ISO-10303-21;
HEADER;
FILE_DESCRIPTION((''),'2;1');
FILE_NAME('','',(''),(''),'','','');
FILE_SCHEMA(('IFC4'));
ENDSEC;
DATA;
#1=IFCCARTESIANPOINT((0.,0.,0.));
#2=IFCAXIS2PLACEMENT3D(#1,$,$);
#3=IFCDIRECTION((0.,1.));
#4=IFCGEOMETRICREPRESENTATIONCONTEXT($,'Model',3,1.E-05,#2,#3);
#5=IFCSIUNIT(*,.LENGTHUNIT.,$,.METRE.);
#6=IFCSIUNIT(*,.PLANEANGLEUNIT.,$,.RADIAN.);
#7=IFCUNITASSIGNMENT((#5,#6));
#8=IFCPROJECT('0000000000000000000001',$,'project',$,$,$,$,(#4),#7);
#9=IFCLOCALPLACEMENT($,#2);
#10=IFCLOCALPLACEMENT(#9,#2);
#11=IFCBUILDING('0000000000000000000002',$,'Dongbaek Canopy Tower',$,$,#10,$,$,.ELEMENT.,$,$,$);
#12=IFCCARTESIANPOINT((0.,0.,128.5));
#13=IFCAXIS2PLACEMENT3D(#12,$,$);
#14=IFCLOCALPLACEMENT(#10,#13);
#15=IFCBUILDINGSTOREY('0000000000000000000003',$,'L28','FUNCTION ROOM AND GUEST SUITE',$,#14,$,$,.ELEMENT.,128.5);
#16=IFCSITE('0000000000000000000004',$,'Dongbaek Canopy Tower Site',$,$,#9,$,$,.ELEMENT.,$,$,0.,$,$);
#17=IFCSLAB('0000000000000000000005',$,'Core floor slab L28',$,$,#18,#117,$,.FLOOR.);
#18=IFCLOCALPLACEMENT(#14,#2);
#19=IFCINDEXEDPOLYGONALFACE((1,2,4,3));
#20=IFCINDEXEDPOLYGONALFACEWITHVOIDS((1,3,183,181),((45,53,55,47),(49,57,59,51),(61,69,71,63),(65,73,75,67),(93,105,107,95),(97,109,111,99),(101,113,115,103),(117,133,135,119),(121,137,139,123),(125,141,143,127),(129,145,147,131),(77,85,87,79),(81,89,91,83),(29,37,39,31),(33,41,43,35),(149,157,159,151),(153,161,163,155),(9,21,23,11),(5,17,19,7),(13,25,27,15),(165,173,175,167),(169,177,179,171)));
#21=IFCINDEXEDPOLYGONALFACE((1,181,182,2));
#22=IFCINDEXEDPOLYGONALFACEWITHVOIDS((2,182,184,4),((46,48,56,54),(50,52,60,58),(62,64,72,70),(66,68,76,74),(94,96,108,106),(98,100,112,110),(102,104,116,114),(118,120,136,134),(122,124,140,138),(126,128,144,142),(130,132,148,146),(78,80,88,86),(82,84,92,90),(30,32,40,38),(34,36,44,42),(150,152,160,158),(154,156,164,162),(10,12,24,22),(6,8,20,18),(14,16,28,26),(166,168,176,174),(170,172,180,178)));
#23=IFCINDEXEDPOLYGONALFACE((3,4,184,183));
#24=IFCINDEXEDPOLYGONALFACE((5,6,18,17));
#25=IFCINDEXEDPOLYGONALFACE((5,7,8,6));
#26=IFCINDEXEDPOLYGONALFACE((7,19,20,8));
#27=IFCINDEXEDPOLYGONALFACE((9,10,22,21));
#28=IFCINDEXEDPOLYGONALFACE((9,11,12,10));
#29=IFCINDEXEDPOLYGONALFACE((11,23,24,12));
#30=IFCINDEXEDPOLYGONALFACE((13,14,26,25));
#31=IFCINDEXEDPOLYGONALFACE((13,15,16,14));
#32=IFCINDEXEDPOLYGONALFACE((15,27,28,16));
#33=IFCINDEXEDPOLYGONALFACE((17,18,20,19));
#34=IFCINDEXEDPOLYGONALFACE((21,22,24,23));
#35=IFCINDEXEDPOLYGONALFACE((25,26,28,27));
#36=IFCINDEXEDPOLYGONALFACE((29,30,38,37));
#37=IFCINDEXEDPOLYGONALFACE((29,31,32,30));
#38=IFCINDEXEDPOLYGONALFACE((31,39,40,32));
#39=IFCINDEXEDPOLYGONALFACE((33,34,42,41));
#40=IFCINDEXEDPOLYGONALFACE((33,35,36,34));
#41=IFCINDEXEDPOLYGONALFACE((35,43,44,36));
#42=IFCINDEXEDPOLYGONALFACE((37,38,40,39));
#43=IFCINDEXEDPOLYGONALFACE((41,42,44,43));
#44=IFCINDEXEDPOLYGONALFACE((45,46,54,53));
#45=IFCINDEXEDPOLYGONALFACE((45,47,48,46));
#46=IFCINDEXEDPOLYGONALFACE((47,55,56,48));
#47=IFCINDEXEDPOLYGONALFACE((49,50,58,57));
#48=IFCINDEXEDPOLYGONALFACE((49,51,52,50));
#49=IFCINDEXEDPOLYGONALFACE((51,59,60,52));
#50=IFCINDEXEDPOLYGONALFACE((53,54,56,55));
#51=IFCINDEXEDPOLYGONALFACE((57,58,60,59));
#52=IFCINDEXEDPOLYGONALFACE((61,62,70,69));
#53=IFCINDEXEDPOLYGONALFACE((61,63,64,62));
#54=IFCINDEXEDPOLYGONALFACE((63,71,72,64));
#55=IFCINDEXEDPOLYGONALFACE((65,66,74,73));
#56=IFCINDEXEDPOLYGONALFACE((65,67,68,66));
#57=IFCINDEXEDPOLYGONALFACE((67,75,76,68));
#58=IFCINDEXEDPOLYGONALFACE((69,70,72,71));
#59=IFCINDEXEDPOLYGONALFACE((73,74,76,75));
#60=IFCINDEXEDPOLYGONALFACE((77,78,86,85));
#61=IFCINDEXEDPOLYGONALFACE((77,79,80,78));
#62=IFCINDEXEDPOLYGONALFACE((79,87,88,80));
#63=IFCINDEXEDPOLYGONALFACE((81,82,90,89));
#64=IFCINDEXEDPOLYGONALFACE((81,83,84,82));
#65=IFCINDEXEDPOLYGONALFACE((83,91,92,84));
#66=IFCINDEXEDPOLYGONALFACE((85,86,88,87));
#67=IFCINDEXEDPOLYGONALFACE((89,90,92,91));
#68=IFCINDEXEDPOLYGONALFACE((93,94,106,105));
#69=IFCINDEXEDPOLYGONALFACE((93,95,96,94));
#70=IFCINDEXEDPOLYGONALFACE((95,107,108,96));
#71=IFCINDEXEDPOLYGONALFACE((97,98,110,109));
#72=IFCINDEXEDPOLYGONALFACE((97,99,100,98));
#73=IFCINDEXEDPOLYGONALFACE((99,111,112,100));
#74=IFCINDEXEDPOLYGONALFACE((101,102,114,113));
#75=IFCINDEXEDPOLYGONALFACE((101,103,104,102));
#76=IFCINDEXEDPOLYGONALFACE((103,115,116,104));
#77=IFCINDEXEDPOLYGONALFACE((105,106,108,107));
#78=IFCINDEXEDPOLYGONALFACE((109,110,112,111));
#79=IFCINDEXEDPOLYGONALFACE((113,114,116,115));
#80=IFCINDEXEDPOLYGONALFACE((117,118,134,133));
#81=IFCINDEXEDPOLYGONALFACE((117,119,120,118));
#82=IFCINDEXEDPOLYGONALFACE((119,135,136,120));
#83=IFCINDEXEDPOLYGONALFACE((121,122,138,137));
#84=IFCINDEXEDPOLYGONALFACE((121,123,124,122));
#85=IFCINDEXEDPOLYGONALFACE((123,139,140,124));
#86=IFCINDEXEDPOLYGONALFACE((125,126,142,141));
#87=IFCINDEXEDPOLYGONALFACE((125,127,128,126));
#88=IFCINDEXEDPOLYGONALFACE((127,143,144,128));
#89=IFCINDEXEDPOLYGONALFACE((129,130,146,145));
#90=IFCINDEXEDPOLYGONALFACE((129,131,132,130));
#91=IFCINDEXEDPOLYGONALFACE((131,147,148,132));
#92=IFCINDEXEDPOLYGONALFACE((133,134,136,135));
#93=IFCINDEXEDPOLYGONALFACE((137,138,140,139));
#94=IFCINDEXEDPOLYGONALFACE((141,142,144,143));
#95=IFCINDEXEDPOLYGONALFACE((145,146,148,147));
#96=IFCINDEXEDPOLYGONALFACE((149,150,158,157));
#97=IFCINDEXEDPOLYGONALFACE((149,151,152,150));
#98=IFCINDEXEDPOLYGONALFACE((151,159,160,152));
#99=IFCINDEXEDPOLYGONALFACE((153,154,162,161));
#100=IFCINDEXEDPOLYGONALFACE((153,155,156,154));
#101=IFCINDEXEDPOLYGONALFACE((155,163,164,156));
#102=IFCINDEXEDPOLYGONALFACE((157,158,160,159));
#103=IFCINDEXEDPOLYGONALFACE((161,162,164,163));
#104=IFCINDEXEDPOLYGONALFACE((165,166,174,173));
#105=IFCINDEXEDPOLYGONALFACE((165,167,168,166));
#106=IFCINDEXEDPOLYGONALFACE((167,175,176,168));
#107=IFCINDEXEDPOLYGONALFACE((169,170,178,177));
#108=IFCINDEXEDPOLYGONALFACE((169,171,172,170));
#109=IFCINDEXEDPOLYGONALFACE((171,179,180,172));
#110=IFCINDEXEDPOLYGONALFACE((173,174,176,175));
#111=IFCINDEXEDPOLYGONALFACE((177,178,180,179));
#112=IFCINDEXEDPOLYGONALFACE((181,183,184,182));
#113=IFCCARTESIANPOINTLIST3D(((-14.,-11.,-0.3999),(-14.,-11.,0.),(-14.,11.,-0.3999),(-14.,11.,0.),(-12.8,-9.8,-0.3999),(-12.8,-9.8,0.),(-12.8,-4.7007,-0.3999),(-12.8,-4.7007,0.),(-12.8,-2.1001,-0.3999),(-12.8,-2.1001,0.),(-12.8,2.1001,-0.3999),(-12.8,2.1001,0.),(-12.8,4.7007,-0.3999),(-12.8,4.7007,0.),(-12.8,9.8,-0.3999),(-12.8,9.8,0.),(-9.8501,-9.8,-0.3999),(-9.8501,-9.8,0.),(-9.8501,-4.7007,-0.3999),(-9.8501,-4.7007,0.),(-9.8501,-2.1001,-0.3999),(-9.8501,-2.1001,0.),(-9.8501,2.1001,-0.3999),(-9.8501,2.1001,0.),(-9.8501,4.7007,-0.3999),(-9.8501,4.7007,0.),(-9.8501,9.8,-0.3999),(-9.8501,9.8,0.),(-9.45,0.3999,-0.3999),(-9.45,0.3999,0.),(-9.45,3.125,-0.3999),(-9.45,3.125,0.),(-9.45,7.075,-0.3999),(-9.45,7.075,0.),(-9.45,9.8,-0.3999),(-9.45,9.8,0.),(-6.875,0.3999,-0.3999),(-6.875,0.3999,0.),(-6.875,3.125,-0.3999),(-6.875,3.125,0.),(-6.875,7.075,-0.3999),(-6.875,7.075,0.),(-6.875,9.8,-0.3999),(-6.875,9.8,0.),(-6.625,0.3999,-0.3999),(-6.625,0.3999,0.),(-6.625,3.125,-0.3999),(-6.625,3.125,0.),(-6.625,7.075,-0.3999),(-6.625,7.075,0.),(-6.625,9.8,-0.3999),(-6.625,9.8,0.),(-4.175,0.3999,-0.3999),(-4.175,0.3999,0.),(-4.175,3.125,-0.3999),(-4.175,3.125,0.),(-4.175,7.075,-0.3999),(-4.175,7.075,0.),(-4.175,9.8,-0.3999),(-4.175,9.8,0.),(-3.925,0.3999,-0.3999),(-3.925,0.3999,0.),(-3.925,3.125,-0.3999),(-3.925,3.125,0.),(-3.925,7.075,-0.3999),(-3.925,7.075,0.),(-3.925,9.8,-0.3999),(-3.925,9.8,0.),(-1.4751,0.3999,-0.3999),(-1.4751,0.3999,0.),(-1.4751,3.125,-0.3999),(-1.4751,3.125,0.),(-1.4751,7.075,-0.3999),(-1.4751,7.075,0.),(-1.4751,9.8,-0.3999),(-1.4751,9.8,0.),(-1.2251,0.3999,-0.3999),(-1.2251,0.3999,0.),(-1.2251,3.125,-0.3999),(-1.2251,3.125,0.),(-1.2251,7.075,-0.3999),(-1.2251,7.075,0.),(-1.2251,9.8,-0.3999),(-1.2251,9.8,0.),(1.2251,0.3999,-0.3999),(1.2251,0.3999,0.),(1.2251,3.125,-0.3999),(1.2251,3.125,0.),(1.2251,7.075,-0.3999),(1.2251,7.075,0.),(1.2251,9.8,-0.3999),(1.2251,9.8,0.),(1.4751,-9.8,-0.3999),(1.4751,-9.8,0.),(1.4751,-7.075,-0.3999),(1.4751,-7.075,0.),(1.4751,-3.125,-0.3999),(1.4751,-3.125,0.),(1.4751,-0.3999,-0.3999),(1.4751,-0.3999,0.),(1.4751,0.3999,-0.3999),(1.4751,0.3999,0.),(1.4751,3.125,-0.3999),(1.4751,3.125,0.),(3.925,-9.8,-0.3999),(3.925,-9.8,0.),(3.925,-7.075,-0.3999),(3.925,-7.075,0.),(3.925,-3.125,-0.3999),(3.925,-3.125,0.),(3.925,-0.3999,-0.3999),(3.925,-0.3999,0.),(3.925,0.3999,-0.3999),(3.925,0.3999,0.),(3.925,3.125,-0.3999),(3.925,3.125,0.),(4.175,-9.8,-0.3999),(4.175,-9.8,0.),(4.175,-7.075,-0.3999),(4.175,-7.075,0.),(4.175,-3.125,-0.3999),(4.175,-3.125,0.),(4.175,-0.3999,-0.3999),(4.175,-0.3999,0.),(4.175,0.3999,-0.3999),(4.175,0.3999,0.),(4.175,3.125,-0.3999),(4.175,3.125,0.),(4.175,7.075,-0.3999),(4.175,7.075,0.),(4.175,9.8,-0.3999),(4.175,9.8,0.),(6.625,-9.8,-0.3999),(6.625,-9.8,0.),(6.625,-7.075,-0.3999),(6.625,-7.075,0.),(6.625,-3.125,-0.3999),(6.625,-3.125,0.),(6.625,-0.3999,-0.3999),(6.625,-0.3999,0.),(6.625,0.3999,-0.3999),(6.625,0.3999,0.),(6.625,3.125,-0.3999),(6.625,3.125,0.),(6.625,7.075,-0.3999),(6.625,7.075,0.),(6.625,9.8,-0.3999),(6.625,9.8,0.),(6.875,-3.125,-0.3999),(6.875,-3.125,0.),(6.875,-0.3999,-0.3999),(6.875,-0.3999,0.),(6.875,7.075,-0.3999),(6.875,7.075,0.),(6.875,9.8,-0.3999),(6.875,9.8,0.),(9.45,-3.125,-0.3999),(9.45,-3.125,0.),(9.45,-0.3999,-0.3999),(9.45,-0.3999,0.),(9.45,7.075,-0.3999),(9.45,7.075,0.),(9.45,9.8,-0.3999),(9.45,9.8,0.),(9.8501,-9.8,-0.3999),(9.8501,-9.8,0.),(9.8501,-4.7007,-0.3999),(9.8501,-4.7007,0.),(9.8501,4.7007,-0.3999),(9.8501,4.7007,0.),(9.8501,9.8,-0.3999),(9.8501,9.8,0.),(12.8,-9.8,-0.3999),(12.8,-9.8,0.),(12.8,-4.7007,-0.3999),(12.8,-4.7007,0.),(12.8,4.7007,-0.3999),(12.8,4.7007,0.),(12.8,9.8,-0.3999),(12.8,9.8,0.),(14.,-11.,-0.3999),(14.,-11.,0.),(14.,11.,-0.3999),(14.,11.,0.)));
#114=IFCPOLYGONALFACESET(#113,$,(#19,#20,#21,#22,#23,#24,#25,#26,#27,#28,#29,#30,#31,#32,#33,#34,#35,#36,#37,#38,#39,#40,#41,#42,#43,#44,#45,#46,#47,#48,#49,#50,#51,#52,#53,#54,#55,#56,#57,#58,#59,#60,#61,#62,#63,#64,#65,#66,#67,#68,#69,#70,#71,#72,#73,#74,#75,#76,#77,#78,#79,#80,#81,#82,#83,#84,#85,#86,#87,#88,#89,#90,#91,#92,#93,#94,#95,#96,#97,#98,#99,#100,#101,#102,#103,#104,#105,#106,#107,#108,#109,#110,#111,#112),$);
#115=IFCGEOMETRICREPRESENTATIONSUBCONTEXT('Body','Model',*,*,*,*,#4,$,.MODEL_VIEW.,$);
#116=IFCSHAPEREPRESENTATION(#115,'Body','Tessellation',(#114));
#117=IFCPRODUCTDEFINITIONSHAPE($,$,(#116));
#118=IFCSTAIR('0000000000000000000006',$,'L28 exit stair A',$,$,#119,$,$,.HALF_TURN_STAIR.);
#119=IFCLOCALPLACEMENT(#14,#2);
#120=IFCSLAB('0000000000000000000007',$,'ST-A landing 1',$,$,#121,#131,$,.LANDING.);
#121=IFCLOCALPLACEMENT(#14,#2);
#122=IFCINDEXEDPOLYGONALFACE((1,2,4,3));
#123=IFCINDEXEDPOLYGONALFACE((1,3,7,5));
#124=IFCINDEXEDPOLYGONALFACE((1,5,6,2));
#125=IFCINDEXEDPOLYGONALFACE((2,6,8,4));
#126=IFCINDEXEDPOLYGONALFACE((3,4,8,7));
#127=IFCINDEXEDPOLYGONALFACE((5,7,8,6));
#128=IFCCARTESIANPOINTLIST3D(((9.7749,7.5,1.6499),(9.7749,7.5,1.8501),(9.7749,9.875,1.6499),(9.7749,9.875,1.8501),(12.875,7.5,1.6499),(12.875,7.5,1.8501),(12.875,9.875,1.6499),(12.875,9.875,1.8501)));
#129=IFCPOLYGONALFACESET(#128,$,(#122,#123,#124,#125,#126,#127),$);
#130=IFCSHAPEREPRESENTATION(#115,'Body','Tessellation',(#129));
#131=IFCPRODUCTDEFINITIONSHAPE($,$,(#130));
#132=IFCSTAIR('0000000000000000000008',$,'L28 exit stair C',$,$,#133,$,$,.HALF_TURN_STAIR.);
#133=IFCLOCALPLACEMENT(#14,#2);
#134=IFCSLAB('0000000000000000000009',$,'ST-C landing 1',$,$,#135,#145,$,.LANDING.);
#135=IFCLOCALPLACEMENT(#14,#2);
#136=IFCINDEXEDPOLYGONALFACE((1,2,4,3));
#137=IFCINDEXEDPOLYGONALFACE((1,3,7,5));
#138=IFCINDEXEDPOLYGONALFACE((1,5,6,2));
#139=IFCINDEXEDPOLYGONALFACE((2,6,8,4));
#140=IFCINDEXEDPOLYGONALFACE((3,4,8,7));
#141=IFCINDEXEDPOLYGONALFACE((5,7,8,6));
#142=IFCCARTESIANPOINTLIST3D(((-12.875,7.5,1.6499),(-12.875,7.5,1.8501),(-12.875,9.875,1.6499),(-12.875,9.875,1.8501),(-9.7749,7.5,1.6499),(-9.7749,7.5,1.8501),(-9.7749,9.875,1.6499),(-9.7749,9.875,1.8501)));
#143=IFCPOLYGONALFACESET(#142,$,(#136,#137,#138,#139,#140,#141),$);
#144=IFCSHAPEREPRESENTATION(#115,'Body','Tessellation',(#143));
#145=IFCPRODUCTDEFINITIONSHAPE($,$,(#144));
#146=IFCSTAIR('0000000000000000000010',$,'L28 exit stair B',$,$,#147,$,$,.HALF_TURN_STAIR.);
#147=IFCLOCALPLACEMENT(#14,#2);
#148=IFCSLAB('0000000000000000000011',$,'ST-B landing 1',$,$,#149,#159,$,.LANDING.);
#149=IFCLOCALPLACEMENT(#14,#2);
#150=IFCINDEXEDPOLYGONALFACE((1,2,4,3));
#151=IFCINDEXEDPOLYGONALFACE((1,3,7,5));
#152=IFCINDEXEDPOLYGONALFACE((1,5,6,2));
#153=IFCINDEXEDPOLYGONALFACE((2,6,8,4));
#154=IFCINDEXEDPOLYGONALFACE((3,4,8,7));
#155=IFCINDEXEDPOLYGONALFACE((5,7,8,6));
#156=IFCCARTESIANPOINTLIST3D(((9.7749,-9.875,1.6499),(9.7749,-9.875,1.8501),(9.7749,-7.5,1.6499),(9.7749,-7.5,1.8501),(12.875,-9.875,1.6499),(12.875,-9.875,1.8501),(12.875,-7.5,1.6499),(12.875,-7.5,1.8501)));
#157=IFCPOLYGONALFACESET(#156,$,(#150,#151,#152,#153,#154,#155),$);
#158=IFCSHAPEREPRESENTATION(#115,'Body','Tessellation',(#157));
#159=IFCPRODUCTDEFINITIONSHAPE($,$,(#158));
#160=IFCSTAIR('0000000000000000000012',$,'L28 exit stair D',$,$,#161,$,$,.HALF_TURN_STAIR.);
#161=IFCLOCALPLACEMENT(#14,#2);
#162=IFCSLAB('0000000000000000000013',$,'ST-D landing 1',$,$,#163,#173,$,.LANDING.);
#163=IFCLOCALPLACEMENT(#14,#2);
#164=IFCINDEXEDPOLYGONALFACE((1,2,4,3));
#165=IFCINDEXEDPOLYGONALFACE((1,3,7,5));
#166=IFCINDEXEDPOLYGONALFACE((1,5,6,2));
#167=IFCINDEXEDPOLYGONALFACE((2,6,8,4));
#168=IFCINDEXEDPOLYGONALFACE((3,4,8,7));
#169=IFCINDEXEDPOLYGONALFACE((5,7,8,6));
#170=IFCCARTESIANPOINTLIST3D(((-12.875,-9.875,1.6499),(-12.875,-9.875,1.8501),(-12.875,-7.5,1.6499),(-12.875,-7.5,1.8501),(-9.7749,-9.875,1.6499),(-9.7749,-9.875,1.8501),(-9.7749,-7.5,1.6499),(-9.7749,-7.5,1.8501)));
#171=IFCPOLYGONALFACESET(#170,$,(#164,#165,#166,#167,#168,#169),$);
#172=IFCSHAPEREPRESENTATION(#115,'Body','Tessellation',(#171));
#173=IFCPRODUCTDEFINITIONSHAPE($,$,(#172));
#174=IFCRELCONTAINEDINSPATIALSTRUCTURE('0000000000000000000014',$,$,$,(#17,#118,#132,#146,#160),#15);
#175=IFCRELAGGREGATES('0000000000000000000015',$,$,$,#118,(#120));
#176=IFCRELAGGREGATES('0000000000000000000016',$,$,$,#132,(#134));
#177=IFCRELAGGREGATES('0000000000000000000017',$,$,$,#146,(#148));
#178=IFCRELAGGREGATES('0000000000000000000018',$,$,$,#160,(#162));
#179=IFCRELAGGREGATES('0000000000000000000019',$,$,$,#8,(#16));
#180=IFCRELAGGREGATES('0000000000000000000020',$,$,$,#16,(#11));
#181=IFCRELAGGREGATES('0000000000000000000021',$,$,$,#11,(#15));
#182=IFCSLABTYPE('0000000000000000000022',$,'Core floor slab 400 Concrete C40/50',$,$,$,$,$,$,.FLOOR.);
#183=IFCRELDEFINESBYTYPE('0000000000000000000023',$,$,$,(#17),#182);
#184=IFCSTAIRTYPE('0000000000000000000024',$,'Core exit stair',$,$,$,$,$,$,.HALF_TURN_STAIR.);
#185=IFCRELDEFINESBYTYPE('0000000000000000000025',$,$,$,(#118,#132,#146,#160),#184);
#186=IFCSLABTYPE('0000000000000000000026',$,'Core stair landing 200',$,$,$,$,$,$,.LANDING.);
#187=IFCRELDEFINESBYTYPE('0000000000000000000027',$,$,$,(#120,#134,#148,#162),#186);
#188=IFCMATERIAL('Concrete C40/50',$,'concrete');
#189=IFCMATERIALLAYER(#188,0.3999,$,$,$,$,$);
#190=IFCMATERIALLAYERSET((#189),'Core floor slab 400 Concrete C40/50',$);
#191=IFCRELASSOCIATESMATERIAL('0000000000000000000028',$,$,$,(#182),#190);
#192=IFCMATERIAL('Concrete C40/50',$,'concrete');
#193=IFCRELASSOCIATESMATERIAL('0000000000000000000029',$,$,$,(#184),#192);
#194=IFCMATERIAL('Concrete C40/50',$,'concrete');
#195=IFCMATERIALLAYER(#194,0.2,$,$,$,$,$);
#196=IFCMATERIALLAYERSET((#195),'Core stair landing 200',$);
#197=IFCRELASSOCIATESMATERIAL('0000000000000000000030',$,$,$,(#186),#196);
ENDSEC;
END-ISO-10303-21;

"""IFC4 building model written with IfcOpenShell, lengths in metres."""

from ifc_helpers import new_model, si_unit, direction, frame, origin, place, context, subcontext, project, spatial, polyline, outline, extrude, material, layer, layer_set, type_object, element, aggregate, save


model = new_model("IFC4")

# Units and contexts
model_context = context("Model", 3, precision=1e-05, world=origin(), true_north=direction((0.0, 1.0)))
body_context = subcontext(model_context, "Body", "Model", "MODEL_VIEW")
ifc_project = project(units=[si_unit("LENGTHUNIT", "METRE"), si_unit("PLANEANGLEUNIT", "RADIAN")], contexts=[model_context])

# Site, building, storey
site_placement = place(None, origin())
site = spatial("IfcSite", under=ifc_project, at=site_placement, Name="Dongbaek Canopy Tower Site", CompositionType="ELEMENT", RefElevation=0.0)
building_placement = place(site_placement, origin())
building = spatial("IfcBuilding", under=site, at=building_placement, Name="Dongbaek Canopy Tower", CompositionType="ELEMENT")
storey_placement = place(building_placement, frame((0.0, 0.0, 128.5)))
storey = spatial("IfcBuildingStorey", under=building, at=storey_placement, Name="L28", Description="FUNCTION ROOM AND GUEST SUITE", CompositionType="ELEMENT", Elevation=128.5)

# Slab
ifc_material_1 = material(Name="Concrete C40/50", Category="concrete")
ifc_layer_1 = layer(ifc_material_1, 0.3999)
ifc_layer_set_1 = layer_set([ifc_layer_1], Name="Core floor slab 400 Concrete C40/50")
slab_type_1 = type_object("IfcSlabType", Name="Core floor slab 400 Concrete C40/50", PredefinedType="FLOOR", material=ifc_layer_set_1)
slab_1_placement = place(storey_placement, frame((0.0, 0.0, -0.3999)))
element("IfcSlab", 1, at=slab_1_placement, inside=storey, type_object=slab_type_1, Name="Core floor slab L28", PredefinedType="FLOOR", context=body_context, shape_type="SweptSolid", body=[
    extrude(outline(polyline([(14.0, -11.0), (14.0, 11.0), (-14.0, 11.0), (-14.0, -11.0), (14.0, -11.0)]), holes=[polyline([(-12.8, 2.1001), (-9.8501, 2.1001), (-9.8501, -2.1001), (-12.8, -2.1001), (-12.8, 2.1001)]), polyline([(-6.875, 9.8), (-6.875, 7.075), (-9.45, 7.075), (-9.45, 9.8), (-6.875, 9.8)]), polyline([(-4.175, 9.8), (-4.175, 7.075), (-6.625, 7.075), (-6.625, 9.8), (-4.175, 9.8)]), polyline([(-1.4751, 9.8), (-1.4751, 7.075), (-3.925, 7.075), (-3.925, 9.8), (-1.4751, 9.8)]), polyline([(1.2251, 9.8), (1.2251, 7.075), (-1.2251, 7.075), (-1.2251, 9.8), (1.2251, 9.8)]), polyline([(6.625, 9.8), (6.625, 7.075), (4.175, 7.075), (4.175, 9.8), (6.625, 9.8)]), polyline([(9.45, 7.075), (6.875, 7.075), (6.875, 9.8), (9.45, 9.8), (9.45, 7.075)]), polyline([(-9.45, 3.125), (-6.875, 3.125), (-6.875, 0.3999), (-9.45, 0.3999), (-9.45, 3.125)]), polyline([(-6.625, 3.125), (-4.175, 3.125), (-4.175, 0.3999), (-6.625, 0.3999), (-6.625, 3.125)]), polyline([(-3.925, 3.125), (-1.4751, 3.125), (-1.4751, 0.3999), (-3.925, 0.3999), (-3.925, 3.125)]), polyline([(1.2251, 3.125), (1.2251, 0.3999), (-1.2251, 0.3999), (-1.2251, 3.125), (1.2251, 3.125)]), polyline([(1.4751, 3.125), (3.925, 3.125), (3.925, 0.3999), (1.4751, 0.3999), (1.4751, 3.125)]), polyline([(4.175, 3.125), (6.625, 3.125), (6.625, 0.3999), (4.175, 0.3999), (4.175, 3.125)]), polyline([(1.4751, -0.3999), (3.925, -0.3999), (3.925, -3.125), (1.4751, -3.125), (1.4751, -0.3999)]), polyline([(4.175, -0.3999), (6.625, -0.3999), (6.625, -3.125), (4.175, -3.125), (4.175, -0.3999)]), polyline([(9.45, -3.125), (6.875, -3.125), (6.875, -0.3999), (9.45, -0.3999), (9.45, -3.125)]), polyline([(1.4751, -9.8), (1.4751, -7.075), (3.925, -7.075), (3.925, -9.8), (1.4751, -9.8)]), polyline([(4.175, -9.8), (4.175, -7.075), (6.625, -7.075), (6.625, -9.8), (4.175, -9.8)]), polyline([(12.8, 4.7007), (12.8, 9.8), (9.8501, 9.8), (9.8501, 4.7007), (12.8, 4.7007)]), polyline([(-9.8501, 4.7007), (-9.8501, 9.8), (-12.8, 9.8), (-12.8, 4.7007), (-9.8501, 4.7007)]), polyline([(9.8501, -4.7007), (9.8501, -9.8), (12.8, -9.8), (12.8, -4.7007), (9.8501, -4.7007)]), polyline([(-12.8, -4.7007), (-12.8, -9.8), (-9.8501, -9.8), (-9.8501, -4.7007), (-12.8, -4.7007)])]), origin(), (0.0, 0.0, 1.0), 0.3999),
])

# Stairs, slabs
ifc_material_2 = material(Name="Concrete C40/50", Category="concrete")
stair_type = type_object("IfcStairType", Name="Core exit stair", PredefinedType="HALF_TURN_STAIR", material=ifc_material_2)
stair_1_placement = place(storey_placement, origin())
stair_1 = element("IfcStair", 2, at=stair_1_placement, inside=storey, type_object=stair_type, Name="L28 exit stair A", PredefinedType="HALF_TURN_STAIR")
ifc_material_3 = material(Name="Concrete C40/50", Category="concrete")
ifc_layer_2 = layer(ifc_material_3, 0.2)
ifc_layer_set_2 = layer_set([ifc_layer_2], Name="Core stair landing 200")
slab_type_2 = type_object("IfcSlabType", Name="Core stair landing 200", PredefinedType="LANDING", material=ifc_layer_set_2)
slab_2_placement = place(storey_placement, frame((0.0, 0.0, 1.6499)))
slab_2 = element("IfcSlab", 3, at=slab_2_placement, type_object=slab_type_2, Name="ST-A landing 1", PredefinedType="LANDING", context=body_context, shape_type="SweptSolid", body=[
    extrude(outline(polyline([(12.875, 7.5), (12.875, 9.875), (9.7749, 9.875), (9.7749, 7.5), (12.875, 7.5)])), origin(), (0.0, 0.0, 1.0), 0.2002),
])
aggregate(stair_1, [slab_2])
stair_2_placement = place(storey_placement, origin())
stair_2 = element("IfcStair", 4, at=stair_2_placement, inside=storey, type_object=stair_type, Name="L28 exit stair C", PredefinedType="HALF_TURN_STAIR")
slab_3_placement = place(storey_placement, frame((0.0, 0.0, 1.6499)))
slab_3 = element("IfcSlab", 5, at=slab_3_placement, type_object=slab_type_2, Name="ST-C landing 1", PredefinedType="LANDING", context=body_context, shape_type="SweptSolid", body=[
    extrude(outline(polyline([(-9.7749, 7.5), (-9.7749, 9.875), (-12.875, 9.875), (-12.875, 7.5), (-9.7749, 7.5)])), origin(), (0.0, 0.0, 1.0), 0.2002),
])
aggregate(stair_2, [slab_3])
stair_3_placement = place(storey_placement, origin())
stair_3 = element("IfcStair", 6, at=stair_3_placement, inside=storey, type_object=stair_type, Name="L28 exit stair B", PredefinedType="HALF_TURN_STAIR")
slab_4_placement = place(storey_placement, frame((0.0, 0.0, 1.6499)))
slab_4 = element("IfcSlab", 7, at=slab_4_placement, type_object=slab_type_2, Name="ST-B landing 1", PredefinedType="LANDING", context=body_context, shape_type="SweptSolid", body=[
    extrude(outline(polyline([(9.7749, -7.5), (9.7749, -9.875), (12.875, -9.875), (12.875, -7.5), (9.7749, -7.5)])), origin(), (0.0, 0.0, 1.0), 0.2002),
])
aggregate(stair_3, [slab_4])
stair_4_placement = place(storey_placement, origin())
stair_4 = element("IfcStair", 8, at=stair_4_placement, inside=storey, type_object=stair_type, Name="L28 exit stair D", PredefinedType="HALF_TURN_STAIR")
slab_5_placement = place(storey_placement, frame((0.0, 0.0, 1.6499)))
slab_5 = element("IfcSlab", 9, at=slab_5_placement, type_object=slab_type_2, Name="ST-D landing 1", PredefinedType="LANDING", context=body_context, shape_type="SweptSolid", body=[
    extrude(outline(polyline([(-12.875, -7.5), (-12.875, -9.875), (-9.7749, -9.875), (-9.7749, -7.5), (-12.875, -7.5)])), origin(), (0.0, 0.0, 1.0), 0.2002),
])
aggregate(stair_4, [slab_5])

save(model, "model.ifc")
